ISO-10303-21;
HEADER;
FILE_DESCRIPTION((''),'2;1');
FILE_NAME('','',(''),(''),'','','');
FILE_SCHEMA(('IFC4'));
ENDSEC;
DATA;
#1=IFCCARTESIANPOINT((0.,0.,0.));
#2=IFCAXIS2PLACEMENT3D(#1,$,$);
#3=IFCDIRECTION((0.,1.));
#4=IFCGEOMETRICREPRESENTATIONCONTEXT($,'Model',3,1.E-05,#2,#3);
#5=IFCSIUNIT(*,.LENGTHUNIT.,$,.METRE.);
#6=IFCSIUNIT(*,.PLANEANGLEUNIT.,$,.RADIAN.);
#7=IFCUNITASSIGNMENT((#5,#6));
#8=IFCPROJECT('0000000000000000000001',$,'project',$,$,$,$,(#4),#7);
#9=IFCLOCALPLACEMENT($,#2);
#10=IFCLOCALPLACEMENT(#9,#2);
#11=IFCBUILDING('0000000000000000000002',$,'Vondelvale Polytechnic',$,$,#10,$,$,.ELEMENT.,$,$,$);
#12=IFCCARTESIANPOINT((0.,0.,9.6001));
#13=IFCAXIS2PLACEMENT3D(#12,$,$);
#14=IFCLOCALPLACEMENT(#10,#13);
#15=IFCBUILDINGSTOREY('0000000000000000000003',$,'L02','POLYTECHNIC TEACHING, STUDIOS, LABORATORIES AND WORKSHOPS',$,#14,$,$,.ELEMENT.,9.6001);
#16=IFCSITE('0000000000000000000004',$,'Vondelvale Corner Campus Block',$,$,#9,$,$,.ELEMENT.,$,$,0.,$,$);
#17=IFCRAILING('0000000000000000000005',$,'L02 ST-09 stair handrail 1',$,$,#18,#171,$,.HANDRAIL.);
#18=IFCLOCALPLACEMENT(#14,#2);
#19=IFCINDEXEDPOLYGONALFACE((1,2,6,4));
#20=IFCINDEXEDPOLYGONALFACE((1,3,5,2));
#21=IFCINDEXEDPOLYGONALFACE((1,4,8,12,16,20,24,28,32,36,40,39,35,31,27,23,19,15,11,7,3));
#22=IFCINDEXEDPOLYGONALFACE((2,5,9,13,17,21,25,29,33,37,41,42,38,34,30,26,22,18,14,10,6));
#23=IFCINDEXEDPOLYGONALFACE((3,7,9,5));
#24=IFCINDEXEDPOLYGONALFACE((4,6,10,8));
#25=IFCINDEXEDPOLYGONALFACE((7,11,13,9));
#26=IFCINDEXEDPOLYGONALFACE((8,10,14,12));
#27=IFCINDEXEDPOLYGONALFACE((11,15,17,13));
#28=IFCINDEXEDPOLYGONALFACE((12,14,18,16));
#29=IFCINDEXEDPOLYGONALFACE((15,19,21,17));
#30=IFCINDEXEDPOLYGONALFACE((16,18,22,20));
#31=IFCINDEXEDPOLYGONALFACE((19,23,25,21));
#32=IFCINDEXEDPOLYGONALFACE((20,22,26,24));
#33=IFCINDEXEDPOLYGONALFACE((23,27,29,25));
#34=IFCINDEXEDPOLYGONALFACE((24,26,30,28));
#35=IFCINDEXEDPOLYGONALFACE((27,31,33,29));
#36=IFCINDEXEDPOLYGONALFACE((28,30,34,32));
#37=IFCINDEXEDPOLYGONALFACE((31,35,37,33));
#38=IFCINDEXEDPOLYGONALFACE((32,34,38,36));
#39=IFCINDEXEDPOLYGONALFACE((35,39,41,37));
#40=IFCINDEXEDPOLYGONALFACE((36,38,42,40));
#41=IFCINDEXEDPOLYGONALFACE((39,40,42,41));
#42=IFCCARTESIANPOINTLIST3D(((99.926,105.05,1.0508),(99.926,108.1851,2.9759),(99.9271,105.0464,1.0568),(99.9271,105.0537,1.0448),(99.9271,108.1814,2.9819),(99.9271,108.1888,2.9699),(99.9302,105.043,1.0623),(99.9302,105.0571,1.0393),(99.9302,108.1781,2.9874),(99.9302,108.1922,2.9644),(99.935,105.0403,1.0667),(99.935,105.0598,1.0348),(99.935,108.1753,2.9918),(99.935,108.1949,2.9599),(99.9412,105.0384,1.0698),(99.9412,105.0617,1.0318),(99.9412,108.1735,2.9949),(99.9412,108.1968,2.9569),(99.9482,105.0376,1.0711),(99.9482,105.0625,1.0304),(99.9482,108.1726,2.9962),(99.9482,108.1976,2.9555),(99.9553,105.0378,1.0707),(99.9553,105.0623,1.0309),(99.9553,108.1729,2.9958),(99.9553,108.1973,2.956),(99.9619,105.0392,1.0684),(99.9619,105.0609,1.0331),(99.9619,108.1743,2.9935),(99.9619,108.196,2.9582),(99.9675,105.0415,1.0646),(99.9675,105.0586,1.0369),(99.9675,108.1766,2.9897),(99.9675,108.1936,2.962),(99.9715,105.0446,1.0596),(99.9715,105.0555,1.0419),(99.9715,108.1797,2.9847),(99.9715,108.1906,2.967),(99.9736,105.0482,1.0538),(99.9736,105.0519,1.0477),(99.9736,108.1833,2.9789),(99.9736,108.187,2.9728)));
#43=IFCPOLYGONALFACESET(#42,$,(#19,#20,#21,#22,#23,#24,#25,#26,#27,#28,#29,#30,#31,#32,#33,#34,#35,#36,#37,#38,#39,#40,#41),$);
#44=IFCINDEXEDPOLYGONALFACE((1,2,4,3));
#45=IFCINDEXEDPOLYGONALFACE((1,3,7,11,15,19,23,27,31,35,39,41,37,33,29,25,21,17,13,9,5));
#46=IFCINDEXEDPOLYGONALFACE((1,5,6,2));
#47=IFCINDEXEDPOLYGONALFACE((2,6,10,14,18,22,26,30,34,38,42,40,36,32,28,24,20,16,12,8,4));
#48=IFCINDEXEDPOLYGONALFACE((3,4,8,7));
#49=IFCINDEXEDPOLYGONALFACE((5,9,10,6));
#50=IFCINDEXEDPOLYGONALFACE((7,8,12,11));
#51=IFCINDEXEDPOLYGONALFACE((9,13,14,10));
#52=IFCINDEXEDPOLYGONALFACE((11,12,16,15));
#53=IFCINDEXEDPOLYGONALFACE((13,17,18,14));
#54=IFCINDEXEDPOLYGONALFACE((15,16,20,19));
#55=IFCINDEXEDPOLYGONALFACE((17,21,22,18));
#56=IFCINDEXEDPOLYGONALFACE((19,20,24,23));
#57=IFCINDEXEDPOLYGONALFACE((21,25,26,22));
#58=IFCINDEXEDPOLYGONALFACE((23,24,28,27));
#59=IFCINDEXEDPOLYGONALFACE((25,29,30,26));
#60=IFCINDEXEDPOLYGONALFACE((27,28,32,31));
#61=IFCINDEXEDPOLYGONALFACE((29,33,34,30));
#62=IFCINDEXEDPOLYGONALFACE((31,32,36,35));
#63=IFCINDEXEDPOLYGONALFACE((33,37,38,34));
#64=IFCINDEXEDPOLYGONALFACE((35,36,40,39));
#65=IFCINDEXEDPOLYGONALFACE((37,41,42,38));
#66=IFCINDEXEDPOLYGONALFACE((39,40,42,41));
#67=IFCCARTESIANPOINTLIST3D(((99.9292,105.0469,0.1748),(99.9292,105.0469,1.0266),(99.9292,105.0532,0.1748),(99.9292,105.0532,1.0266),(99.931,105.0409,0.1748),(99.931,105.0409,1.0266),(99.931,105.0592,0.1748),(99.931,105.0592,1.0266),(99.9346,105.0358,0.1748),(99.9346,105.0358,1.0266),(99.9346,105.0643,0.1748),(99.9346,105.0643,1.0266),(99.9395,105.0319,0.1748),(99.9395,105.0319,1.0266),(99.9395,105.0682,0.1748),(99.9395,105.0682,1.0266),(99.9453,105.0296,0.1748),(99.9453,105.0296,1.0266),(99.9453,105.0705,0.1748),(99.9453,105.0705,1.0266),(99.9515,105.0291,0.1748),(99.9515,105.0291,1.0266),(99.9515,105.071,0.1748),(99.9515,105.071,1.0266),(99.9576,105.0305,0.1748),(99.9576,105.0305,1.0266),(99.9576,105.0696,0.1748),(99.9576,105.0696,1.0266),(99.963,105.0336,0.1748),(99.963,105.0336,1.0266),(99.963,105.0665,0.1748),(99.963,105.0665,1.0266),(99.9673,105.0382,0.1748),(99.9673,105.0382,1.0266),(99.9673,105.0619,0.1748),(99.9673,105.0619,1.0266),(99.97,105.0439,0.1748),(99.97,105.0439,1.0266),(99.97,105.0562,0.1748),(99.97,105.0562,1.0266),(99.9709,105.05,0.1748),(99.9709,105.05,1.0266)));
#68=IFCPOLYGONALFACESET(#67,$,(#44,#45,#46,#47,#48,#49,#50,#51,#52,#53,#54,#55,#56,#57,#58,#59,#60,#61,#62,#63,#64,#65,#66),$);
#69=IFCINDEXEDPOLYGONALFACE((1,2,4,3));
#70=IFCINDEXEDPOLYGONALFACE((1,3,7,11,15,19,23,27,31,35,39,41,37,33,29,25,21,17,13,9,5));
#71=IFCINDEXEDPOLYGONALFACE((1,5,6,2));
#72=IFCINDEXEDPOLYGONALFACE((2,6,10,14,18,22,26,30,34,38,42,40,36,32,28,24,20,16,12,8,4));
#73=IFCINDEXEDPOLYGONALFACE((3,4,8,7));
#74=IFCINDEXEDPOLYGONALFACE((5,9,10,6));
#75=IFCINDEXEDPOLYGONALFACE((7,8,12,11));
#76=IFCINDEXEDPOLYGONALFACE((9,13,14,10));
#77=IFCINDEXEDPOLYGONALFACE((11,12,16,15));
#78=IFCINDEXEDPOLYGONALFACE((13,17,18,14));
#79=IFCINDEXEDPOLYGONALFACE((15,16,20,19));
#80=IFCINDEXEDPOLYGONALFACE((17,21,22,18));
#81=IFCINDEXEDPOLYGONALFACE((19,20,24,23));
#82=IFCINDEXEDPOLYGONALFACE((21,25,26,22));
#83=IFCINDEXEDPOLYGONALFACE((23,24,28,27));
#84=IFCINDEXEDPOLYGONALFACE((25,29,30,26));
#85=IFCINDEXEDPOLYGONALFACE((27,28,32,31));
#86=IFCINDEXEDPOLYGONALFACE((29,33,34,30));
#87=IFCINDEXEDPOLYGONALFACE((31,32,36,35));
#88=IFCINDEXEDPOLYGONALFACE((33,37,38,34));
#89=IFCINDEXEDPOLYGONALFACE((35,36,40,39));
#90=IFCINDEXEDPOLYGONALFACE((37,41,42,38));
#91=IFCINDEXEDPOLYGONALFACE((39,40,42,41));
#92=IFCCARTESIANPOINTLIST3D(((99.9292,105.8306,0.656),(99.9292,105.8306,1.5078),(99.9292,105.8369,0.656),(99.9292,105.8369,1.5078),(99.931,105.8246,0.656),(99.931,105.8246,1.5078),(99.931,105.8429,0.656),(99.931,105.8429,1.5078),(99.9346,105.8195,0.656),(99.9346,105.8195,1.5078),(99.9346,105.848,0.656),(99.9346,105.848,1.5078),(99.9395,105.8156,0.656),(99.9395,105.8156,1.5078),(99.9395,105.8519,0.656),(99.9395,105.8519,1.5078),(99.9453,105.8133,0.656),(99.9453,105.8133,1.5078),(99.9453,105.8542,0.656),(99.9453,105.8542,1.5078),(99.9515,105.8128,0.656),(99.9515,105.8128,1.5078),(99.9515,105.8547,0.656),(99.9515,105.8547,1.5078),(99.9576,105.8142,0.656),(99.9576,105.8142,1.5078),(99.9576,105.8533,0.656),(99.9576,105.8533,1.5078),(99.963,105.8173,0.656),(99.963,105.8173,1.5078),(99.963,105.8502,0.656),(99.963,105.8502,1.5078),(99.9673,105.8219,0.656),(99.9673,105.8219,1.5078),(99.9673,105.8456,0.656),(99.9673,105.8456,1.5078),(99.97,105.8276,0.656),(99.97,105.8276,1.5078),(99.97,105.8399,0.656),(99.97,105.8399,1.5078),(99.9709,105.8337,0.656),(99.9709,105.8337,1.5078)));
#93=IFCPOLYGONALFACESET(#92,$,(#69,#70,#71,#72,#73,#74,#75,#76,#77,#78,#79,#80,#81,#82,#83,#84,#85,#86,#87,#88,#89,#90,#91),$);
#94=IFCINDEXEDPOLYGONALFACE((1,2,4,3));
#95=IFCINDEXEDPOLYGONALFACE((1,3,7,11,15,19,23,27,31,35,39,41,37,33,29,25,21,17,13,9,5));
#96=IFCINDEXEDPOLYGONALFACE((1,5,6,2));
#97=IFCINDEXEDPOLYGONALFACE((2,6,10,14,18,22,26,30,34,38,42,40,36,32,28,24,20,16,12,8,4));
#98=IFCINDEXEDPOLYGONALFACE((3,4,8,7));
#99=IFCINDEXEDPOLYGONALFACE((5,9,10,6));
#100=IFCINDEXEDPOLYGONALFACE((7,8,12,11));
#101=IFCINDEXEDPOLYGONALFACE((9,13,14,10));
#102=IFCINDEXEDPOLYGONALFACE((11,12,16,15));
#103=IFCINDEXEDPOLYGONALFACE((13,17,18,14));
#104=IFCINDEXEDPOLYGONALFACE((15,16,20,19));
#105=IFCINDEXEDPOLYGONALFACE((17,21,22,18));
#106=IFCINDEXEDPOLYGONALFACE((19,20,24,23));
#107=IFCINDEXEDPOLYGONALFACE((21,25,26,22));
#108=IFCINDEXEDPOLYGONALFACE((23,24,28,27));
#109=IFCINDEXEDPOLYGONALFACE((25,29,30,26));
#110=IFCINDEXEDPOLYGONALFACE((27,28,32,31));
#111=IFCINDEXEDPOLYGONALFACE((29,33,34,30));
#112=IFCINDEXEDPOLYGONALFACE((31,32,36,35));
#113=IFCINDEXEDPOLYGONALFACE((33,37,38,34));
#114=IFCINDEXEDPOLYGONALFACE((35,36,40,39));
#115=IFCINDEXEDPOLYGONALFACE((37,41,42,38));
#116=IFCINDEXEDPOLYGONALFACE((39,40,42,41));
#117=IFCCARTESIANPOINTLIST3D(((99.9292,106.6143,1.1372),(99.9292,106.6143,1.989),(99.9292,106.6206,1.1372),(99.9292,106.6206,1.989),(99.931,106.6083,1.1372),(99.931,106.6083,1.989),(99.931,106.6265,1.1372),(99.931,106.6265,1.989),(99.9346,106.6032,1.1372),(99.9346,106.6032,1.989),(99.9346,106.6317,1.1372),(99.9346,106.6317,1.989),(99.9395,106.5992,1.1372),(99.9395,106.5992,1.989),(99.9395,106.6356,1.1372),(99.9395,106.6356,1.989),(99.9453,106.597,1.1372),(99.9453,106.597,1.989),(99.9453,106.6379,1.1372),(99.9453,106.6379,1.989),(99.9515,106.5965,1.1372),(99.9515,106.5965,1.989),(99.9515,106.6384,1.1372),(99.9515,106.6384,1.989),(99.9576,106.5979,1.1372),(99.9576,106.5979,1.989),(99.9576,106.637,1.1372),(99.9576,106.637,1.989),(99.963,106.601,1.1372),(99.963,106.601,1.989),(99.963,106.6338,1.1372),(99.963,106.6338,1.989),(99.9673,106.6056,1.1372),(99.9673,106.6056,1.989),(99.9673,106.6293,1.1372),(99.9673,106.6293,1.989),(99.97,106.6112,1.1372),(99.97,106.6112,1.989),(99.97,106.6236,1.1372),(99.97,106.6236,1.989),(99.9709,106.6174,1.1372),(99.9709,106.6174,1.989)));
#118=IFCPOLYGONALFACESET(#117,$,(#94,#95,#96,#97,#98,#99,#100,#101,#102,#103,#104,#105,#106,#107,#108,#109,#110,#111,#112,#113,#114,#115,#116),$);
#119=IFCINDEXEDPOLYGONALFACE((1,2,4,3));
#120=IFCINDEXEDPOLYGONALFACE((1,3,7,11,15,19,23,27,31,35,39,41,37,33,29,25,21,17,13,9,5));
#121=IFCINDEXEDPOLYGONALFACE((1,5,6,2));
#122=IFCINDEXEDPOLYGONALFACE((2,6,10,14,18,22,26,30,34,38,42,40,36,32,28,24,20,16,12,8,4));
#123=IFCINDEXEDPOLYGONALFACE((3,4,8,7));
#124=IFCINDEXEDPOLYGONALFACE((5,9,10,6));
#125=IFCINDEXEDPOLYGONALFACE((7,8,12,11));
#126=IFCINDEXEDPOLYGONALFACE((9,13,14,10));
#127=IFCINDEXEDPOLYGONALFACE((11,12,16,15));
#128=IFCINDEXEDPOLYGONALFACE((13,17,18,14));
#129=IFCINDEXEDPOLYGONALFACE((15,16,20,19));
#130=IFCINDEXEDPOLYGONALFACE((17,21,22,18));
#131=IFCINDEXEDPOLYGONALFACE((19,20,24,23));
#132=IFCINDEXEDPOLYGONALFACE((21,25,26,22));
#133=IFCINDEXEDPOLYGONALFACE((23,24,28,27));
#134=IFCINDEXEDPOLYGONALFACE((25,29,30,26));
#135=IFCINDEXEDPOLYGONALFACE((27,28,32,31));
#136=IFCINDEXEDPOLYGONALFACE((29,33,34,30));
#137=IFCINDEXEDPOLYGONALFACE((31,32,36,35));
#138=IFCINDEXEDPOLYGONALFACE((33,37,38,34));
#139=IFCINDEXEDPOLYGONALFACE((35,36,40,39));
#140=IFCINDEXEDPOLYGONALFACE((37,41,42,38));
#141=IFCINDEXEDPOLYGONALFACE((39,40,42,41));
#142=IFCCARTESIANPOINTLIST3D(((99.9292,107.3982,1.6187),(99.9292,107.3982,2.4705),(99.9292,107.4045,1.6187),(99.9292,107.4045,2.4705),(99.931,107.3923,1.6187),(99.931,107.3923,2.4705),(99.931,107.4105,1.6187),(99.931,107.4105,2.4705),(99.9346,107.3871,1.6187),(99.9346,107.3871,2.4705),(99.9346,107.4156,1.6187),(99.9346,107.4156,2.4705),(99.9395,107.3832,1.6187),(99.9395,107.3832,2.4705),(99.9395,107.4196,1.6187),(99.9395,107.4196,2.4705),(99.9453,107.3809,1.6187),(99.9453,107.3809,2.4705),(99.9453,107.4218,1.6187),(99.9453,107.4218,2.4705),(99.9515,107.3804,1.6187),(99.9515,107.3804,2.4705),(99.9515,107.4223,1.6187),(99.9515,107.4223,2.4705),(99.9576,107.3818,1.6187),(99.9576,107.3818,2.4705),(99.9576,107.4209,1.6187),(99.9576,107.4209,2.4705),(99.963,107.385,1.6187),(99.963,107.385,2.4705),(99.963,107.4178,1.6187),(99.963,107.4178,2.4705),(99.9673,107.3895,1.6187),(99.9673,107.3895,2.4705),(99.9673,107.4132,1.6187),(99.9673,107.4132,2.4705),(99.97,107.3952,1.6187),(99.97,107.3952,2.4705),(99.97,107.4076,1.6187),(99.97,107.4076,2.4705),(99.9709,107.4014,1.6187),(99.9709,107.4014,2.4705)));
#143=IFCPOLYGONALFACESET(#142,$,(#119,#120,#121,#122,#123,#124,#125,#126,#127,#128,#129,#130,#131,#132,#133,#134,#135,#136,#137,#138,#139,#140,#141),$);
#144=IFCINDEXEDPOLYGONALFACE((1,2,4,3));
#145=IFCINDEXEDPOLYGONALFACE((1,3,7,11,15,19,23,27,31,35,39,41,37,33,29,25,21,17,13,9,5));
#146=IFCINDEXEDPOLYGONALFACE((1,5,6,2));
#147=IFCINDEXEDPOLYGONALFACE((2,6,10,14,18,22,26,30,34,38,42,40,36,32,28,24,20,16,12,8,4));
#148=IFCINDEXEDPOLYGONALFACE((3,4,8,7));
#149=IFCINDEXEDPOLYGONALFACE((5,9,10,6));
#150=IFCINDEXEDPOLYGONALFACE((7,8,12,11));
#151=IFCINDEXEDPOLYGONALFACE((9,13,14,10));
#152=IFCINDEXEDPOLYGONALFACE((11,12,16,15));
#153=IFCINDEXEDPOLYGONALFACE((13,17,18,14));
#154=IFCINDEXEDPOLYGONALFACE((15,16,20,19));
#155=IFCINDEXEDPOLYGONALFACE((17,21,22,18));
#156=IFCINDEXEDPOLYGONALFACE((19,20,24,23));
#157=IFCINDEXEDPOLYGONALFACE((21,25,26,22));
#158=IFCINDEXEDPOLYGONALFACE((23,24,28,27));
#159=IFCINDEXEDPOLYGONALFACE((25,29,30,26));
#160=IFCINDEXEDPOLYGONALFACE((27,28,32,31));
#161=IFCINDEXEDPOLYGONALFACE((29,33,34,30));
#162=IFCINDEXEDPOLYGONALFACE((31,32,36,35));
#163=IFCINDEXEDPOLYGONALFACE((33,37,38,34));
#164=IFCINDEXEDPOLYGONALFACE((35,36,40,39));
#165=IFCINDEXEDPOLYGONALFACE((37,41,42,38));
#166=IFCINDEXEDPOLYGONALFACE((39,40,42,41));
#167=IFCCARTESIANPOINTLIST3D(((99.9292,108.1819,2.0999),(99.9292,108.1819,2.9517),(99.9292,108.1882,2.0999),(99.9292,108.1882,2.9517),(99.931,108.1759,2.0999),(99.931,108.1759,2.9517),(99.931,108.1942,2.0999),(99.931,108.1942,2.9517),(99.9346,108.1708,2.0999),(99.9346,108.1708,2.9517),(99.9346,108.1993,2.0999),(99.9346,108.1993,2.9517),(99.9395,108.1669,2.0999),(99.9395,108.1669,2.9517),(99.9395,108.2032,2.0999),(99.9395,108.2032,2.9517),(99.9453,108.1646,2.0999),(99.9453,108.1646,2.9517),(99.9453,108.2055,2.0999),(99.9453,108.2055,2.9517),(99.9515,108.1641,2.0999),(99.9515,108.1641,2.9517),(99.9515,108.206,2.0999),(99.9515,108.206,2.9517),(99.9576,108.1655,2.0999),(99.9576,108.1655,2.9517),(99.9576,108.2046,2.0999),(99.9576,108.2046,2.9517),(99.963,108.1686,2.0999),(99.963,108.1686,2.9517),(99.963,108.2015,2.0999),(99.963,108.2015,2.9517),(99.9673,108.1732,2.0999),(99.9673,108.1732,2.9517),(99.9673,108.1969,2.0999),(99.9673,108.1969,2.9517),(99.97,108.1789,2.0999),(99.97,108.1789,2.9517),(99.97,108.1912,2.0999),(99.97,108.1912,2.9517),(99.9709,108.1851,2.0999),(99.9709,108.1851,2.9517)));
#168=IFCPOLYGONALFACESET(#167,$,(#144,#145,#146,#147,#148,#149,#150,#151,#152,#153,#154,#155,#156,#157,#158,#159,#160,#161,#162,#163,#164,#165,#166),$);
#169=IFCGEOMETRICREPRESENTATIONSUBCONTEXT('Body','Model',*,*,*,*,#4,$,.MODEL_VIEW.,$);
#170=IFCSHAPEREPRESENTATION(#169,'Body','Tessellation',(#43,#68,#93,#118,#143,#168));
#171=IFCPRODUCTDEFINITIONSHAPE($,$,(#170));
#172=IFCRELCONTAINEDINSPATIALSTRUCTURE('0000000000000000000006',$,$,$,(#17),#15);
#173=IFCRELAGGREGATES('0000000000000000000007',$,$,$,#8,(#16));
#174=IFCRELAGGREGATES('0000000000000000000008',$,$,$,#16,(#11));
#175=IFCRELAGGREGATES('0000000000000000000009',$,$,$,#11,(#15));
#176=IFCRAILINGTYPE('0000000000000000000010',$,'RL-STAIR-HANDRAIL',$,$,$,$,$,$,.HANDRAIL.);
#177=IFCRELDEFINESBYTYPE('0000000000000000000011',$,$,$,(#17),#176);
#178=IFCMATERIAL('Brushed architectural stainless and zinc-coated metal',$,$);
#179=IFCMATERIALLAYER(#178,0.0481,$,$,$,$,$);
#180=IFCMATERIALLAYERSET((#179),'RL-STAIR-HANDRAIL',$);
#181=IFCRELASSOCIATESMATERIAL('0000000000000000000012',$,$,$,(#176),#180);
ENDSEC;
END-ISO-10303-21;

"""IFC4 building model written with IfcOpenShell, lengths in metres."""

from ifc_helpers import new_model, si_unit, direction, frame, origin, origin_2d, place, context, subcontext, project, spatial, circle, extrude, material, layer, layer_set, type_object, element, save


model = new_model("IFC4")

# Units and contexts
model_context = context("Model", 3, precision=1e-05, world=origin(), true_north=direction((0.0, 1.0)))
body_context = subcontext(model_context, "Body", "Model", "MODEL_VIEW")
ifc_project = project(units=[si_unit("LENGTHUNIT", "METRE"), si_unit("PLANEANGLEUNIT", "RADIAN")], contexts=[model_context])

# Site, building, storey
site_placement = place(None, origin())
site = spatial("IfcSite", under=ifc_project, at=site_placement, Name="Vondelvale Corner Campus Block", CompositionType="ELEMENT", RefElevation=0.0)
building_placement = place(site_placement, origin())
building = spatial("IfcBuilding", under=site, at=building_placement, Name="Vondelvale Polytechnic", CompositionType="ELEMENT")
storey_placement = place(building_placement, frame((0.0, 0.0, 9.6001)))
storey = spatial("IfcBuildingStorey", under=building, at=storey_placement, Name="L02", Description="POLYTECHNIC TEACHING, STUDIOS, LABORATORIES AND WORKSHOPS", CompositionType="ELEMENT", Elevation=9.6001)

# Shared definitions
ifc_material_1 = material(Name="Brushed architectural stainless and zinc-coated metal")

# Railing
ifc_layer_1 = layer(ifc_material_1, 0.0481)
ifc_layer_set_1 = layer_set([ifc_layer_1], Name="RL-STAIR-HANDRAIL")
railing_type_1 = type_object("IfcRailingType", Name="RL-STAIR-HANDRAIL", PredefinedType="HANDRAIL", material=ifc_layer_set_1)
railing_1_placement = place(storey_placement, frame((99.95, 105.05, 0.1748)))
element("IfcRailing", 1, at=railing_1_placement, inside=storey, type_object=railing_type_1, Name="L02 ST-09 stair handrail 1", PredefinedType="HANDRAIL", context=body_context, shape_type="SweptSolid", body=[
    extrude(circle(Radius=0.0239, at=origin_2d()), frame((0.0, 0.0, 0.876), z_axis=(0.0, 0.852166, 0.523271), x_axis=(-1.0, 0.0, 0.0)), (0.0, 0.0, 1.0), 3.679),
    extrude(circle(Radius=0.021, at=origin_2d()), origin(), (0.0, 0.0, 1.0), 0.8518),
    extrude(circle(Radius=0.021, at=origin_2d()), frame((0.0, 0.7837, 0.4812)), (0.0, 0.0, 1.0), 0.8518),
    extrude(circle(Radius=0.021, at=origin_2d()), frame((0.0, 1.5674, 0.9624)), (0.0, 0.0, 1.0), 0.8518),
    extrude(circle(Radius=0.021, at=origin_2d()), frame((0.0, 2.3513, 1.4438)), (0.0, 0.0, 1.0), 0.8518),
    extrude(circle(Radius=0.021, at=origin_2d()), frame((0.0, 3.135, 1.925)), (0.0, 0.0, 1.0), 0.8518),
])

save(model, "model.ifc")
